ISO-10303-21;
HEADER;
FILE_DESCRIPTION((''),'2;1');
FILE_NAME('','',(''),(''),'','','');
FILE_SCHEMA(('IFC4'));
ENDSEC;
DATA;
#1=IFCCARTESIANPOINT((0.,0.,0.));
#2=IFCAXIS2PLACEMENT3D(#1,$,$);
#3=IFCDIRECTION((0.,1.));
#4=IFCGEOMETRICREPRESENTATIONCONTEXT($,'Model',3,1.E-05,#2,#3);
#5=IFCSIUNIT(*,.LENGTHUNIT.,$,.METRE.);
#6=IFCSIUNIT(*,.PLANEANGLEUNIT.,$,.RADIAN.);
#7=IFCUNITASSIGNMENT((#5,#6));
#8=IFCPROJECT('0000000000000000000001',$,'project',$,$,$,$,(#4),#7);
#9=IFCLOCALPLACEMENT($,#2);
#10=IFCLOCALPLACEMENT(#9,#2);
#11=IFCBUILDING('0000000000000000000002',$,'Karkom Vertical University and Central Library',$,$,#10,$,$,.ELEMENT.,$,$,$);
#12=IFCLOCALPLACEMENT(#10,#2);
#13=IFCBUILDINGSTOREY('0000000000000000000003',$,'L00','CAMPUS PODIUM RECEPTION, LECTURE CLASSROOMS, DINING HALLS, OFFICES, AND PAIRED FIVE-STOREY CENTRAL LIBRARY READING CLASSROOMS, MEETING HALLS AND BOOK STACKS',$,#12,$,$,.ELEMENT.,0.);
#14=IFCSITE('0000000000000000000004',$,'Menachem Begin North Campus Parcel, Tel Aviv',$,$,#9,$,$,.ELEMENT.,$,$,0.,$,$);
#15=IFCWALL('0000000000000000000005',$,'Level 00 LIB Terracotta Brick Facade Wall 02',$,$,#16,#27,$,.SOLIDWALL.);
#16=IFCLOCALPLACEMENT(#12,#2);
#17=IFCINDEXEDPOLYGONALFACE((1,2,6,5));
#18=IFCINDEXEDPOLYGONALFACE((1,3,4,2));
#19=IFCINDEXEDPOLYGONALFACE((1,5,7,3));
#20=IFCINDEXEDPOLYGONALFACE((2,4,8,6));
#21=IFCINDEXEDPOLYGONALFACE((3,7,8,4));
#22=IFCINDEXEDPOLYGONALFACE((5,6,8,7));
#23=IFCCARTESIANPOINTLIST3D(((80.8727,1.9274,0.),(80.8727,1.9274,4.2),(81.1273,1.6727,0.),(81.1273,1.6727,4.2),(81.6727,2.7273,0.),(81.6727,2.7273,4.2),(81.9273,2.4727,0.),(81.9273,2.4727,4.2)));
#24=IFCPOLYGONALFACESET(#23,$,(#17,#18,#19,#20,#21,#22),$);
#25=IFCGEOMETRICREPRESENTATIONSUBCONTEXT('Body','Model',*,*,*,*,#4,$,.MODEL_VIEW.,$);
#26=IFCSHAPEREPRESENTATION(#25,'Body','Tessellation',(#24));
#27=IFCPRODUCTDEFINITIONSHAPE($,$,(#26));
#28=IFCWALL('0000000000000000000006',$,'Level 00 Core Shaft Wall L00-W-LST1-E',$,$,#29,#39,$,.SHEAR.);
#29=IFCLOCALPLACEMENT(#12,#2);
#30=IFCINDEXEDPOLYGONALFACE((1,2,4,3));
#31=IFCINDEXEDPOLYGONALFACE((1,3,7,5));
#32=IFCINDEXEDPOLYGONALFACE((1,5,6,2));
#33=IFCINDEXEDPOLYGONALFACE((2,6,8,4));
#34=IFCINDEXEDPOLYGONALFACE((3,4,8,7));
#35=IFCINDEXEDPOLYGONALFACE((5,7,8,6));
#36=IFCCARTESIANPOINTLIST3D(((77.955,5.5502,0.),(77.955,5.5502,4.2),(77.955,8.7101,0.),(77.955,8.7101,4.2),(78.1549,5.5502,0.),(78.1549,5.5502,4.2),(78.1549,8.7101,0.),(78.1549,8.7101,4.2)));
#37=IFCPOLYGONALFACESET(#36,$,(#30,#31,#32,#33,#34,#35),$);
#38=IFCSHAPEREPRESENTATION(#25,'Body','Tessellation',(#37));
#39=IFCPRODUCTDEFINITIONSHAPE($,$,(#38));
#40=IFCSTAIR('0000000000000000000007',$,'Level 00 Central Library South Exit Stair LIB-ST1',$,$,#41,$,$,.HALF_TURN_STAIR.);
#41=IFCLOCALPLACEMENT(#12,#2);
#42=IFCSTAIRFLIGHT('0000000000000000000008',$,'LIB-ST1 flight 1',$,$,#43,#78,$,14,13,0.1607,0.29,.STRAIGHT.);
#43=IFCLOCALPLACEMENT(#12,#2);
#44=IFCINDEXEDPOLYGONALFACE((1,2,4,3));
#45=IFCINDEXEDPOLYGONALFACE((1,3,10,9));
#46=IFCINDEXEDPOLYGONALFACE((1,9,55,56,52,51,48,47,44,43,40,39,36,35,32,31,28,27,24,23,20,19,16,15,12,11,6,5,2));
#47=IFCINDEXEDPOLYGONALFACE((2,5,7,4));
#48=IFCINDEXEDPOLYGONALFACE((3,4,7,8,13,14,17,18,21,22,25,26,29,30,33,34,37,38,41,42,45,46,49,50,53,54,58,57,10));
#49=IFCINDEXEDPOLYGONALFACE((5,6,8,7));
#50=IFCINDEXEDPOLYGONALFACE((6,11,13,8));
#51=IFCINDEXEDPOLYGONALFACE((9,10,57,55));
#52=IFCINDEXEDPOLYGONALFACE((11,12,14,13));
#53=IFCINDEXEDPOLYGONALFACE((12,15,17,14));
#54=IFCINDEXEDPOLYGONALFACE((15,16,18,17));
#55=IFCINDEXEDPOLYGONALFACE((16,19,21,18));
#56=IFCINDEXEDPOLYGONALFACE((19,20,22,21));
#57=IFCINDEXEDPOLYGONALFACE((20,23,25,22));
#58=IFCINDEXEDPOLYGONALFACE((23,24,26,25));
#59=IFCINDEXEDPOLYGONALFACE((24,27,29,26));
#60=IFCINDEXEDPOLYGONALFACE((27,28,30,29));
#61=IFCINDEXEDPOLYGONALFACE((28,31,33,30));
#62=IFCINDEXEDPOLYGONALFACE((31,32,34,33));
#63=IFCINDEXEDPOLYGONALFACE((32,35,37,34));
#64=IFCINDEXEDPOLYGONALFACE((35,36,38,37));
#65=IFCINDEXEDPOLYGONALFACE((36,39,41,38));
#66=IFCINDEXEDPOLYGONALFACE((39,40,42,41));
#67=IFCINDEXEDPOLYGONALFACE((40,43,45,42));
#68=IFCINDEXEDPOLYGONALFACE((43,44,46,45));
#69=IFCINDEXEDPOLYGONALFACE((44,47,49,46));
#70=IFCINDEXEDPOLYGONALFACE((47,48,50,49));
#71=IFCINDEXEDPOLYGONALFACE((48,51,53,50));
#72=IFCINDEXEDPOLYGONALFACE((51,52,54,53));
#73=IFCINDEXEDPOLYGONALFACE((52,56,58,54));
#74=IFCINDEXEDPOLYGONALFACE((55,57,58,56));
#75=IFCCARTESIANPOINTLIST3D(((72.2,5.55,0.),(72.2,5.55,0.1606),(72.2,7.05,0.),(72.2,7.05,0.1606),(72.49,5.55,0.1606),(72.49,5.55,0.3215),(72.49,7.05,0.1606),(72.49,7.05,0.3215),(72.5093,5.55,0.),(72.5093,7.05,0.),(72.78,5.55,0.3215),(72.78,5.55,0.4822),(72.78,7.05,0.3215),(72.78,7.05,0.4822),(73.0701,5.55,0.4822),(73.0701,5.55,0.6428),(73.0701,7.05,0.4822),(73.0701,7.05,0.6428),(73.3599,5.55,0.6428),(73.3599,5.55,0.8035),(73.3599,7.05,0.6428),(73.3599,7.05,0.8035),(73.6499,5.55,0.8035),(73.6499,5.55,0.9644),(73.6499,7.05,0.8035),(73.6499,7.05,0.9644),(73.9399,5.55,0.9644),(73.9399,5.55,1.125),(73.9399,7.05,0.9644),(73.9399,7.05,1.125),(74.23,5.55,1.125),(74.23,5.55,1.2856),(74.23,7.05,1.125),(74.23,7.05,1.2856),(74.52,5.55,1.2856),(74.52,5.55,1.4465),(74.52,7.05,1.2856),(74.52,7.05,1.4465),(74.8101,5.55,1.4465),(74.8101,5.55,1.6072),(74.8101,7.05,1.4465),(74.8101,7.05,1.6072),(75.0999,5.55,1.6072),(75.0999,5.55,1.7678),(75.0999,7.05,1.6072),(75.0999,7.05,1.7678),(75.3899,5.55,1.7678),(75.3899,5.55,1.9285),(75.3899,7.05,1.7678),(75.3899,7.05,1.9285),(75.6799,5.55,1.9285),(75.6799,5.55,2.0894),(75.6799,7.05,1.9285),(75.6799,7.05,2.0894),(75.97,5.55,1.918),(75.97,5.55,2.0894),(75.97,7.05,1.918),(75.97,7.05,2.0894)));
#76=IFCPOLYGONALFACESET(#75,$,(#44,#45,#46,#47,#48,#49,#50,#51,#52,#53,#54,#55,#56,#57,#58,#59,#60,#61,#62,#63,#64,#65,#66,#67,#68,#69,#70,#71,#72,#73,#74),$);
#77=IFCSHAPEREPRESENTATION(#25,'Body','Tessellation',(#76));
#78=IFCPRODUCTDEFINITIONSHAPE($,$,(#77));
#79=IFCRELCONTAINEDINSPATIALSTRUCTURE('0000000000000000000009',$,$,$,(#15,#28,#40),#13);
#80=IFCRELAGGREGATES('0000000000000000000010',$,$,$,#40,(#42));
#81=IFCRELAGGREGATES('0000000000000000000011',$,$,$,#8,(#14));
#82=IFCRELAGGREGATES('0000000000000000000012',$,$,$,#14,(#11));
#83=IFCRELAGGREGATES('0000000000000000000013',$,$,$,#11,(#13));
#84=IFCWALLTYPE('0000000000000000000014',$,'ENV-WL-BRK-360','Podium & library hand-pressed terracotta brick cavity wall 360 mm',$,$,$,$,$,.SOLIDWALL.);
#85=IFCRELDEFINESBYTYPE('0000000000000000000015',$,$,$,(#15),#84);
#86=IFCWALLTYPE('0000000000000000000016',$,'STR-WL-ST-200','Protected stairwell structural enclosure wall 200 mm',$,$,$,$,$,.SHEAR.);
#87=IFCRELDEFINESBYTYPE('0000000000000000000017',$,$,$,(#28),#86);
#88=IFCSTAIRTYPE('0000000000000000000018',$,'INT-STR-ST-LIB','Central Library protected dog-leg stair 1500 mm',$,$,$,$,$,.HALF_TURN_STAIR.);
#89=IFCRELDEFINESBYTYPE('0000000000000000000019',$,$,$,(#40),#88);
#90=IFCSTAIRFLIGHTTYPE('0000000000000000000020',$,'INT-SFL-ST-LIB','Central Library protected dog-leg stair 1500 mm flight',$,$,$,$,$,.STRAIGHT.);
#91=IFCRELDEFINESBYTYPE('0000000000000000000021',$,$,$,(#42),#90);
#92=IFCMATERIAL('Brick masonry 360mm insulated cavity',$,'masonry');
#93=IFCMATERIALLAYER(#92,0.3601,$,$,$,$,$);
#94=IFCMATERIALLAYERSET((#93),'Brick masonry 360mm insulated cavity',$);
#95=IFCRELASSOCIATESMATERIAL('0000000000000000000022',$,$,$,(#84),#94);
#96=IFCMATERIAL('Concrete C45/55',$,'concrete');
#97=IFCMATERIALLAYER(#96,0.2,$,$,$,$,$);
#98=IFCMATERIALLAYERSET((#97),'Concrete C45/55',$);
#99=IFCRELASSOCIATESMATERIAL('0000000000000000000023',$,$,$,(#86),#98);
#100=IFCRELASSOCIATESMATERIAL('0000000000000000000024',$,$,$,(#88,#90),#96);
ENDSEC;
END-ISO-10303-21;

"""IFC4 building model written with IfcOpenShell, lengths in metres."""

from ifc_helpers import new_model, si_unit, direction, frame, frame_2d, origin, place, context, subcontext, project, spatial, polyline, rectangle, outline, extrude, material, layer, layer_set, type_object, element, aggregate, save


model = new_model("IFC4")

# Units and contexts
model_context = context("Model", 3, precision=1e-05, world=origin(), true_north=direction((0.0, 1.0)))
body_context = subcontext(model_context, "Body", "Model", "MODEL_VIEW")
ifc_project = project(units=[si_unit("LENGTHUNIT", "METRE"), si_unit("PLANEANGLEUNIT", "RADIAN")], contexts=[model_context])

# Site, building, storey
site_placement = place(None, origin())
site = spatial("IfcSite", under=ifc_project, at=site_placement, Name="Menachem Begin North Campus Parcel, Tel Aviv", CompositionType="ELEMENT", RefElevation=0.0)
building_placement = place(site_placement, origin())
building = spatial("IfcBuilding", under=site, at=building_placement, Name="Karkom Vertical University and Central Library", CompositionType="ELEMENT")
storey_placement = place(building_placement, origin())
storey = spatial("IfcBuildingStorey", under=building, at=storey_placement, Name="L00", Description="CAMPUS PODIUM RECEPTION, LECTURE CLASSROOMS, DINING HALLS, OFFICES, AND PAIRED FIVE-STOREY CENTRAL LIBRARY READING CLASSROOMS, MEETING HALLS AND BOOK STACKS", CompositionType="ELEMENT", Elevation=0.0)

# Shared definitions
ifc_material_1 = material(Name="Concrete C45/55", Category="concrete")

# Shared definitions
ifc_material_2 = material(Name="Brick masonry 360mm insulated cavity", Category="masonry")
ifc_layer_1 = layer(ifc_material_2, 0.3601)
ifc_layer_set_1 = layer_set([ifc_layer_1], Name="Brick masonry 360mm insulated cavity")
wall_type_1 = type_object("IfcWallType", Name="ENV-WL-BRK-360", Description="Podium & library hand-pressed terracotta brick cavity wall 360 mm", PredefinedType="SOLIDWALL", material=ifc_layer_set_1)

# Walls
wall_1_placement = place(storey_placement, frame((81.0, 1.8, 0.0), z_axis=(0.0, 0.0, 1.0), x_axis=(0.707107, 0.707107, 0.0)))
element("IfcWall", 1, at=wall_1_placement, inside=storey, type_object=wall_type_1, Name="Level 00 LIB Terracotta Brick Facade Wall 02", PredefinedType="SOLIDWALL", context=body_context, shape_type="SweptSolid", body=[
    extrude(rectangle(XDim=1.1313, YDim=0.3601, at=frame_2d((0.5657, 0.0))), origin(), (0.0, 0.0, 1.0), 4.2),
])
ifc_layer_2 = layer(ifc_material_1, 0.2)
ifc_layer_set_2 = layer_set([ifc_layer_2], Name="Concrete C45/55")
wall_type_2 = type_object("IfcWallType", Name="STR-WL-ST-200", Description="Protected stairwell structural enclosure wall 200 mm", PredefinedType="SHEAR", material=ifc_layer_set_2)
wall_2_placement = place(storey_placement, frame((78.0549, 5.55, 0.0), z_axis=(0.0, 0.0, 1.0), x_axis=(0.0, 1.0, 0.0)))
element("IfcWall", 2, at=wall_2_placement, inside=storey, type_object=wall_type_2, Name="Level 00 Core Shaft Wall L00-W-LST1-E", PredefinedType="SHEAR", context=body_context, shape_type="SweptSolid", body=[
    extrude(rectangle(XDim=3.1599, YDim=0.2, at=frame_2d((1.5801, 0.0))), origin(), (0.0, 0.0, 1.0), 4.2),
])

# Stair, stair flight
stair_type = type_object("IfcStairType", Name="INT-STR-ST-LIB", Description="Central Library protected dog-leg stair 1500 mm", PredefinedType="HALF_TURN_STAIR", material=ifc_material_1)
stair_placement = place(storey_placement, origin())
stair = element("IfcStair", 3, at=stair_placement, inside=storey, type_object=stair_type, Name="Level 00 Central Library South Exit Stair LIB-ST1", PredefinedType="HALF_TURN_STAIR")
stair_flight_type = type_object("IfcStairFlightType", Name="INT-SFL-ST-LIB", Description="Central Library protected dog-leg stair 1500 mm flight", PredefinedType="STRAIGHT", material=ifc_material_1)
stair_flight_placement = place(storey_placement, frame((72.2, 6.3, 0.0), z_axis=(0.0, 0.0, 1.0), x_axis=(1.0, 0.0, 0.0)))
stair_flight = element("IfcStairFlight", 4, at=stair_flight_placement, type_object=stair_flight_type, Name="LIB-ST1 flight 1", NumberOfRisers=14, NumberOfTreads=13, PredefinedType="STRAIGHT", RiserHeight=0.1607, TreadLength=0.29, context=body_context, shape_type="SweptSolid", body=[
    extrude(outline(polyline([(0.0, 0.0), (0.0, 0.1606), (0.29, 0.1606), (0.29, 0.3215), (0.5801, 0.3215), (0.5801, 0.4822), (0.8701, 0.4822), (0.8701, 0.6428), (1.1599, 0.6428), (1.1599, 0.8035), (1.45, 0.8035), (1.45, 0.9644), (1.74, 0.9644), (1.74, 1.125), (2.03, 1.125), (2.03, 1.2856), (2.3201, 1.2856), (2.3201, 1.4465), (2.6101, 1.4465), (2.6101, 1.6072), (2.8999, 1.6072), (2.8999, 1.7678), (3.1899, 1.7678), (3.1899, 1.9285), (3.48, 1.9285), (3.48, 2.0894), (3.77, 2.0894), (3.77, 2.25), (3.77, 1.918), (0.3093, 0.0), (0.0, 0.0)])), frame((0.0, 0.75, 0.0), z_axis=(0.0, -1.0, 0.0), x_axis=(1.0, 0.0, 0.0)), (0.0, 0.0, 1.0), 1.5),
])
aggregate(stair, [stair_flight])

save(model, "model.ifc")
